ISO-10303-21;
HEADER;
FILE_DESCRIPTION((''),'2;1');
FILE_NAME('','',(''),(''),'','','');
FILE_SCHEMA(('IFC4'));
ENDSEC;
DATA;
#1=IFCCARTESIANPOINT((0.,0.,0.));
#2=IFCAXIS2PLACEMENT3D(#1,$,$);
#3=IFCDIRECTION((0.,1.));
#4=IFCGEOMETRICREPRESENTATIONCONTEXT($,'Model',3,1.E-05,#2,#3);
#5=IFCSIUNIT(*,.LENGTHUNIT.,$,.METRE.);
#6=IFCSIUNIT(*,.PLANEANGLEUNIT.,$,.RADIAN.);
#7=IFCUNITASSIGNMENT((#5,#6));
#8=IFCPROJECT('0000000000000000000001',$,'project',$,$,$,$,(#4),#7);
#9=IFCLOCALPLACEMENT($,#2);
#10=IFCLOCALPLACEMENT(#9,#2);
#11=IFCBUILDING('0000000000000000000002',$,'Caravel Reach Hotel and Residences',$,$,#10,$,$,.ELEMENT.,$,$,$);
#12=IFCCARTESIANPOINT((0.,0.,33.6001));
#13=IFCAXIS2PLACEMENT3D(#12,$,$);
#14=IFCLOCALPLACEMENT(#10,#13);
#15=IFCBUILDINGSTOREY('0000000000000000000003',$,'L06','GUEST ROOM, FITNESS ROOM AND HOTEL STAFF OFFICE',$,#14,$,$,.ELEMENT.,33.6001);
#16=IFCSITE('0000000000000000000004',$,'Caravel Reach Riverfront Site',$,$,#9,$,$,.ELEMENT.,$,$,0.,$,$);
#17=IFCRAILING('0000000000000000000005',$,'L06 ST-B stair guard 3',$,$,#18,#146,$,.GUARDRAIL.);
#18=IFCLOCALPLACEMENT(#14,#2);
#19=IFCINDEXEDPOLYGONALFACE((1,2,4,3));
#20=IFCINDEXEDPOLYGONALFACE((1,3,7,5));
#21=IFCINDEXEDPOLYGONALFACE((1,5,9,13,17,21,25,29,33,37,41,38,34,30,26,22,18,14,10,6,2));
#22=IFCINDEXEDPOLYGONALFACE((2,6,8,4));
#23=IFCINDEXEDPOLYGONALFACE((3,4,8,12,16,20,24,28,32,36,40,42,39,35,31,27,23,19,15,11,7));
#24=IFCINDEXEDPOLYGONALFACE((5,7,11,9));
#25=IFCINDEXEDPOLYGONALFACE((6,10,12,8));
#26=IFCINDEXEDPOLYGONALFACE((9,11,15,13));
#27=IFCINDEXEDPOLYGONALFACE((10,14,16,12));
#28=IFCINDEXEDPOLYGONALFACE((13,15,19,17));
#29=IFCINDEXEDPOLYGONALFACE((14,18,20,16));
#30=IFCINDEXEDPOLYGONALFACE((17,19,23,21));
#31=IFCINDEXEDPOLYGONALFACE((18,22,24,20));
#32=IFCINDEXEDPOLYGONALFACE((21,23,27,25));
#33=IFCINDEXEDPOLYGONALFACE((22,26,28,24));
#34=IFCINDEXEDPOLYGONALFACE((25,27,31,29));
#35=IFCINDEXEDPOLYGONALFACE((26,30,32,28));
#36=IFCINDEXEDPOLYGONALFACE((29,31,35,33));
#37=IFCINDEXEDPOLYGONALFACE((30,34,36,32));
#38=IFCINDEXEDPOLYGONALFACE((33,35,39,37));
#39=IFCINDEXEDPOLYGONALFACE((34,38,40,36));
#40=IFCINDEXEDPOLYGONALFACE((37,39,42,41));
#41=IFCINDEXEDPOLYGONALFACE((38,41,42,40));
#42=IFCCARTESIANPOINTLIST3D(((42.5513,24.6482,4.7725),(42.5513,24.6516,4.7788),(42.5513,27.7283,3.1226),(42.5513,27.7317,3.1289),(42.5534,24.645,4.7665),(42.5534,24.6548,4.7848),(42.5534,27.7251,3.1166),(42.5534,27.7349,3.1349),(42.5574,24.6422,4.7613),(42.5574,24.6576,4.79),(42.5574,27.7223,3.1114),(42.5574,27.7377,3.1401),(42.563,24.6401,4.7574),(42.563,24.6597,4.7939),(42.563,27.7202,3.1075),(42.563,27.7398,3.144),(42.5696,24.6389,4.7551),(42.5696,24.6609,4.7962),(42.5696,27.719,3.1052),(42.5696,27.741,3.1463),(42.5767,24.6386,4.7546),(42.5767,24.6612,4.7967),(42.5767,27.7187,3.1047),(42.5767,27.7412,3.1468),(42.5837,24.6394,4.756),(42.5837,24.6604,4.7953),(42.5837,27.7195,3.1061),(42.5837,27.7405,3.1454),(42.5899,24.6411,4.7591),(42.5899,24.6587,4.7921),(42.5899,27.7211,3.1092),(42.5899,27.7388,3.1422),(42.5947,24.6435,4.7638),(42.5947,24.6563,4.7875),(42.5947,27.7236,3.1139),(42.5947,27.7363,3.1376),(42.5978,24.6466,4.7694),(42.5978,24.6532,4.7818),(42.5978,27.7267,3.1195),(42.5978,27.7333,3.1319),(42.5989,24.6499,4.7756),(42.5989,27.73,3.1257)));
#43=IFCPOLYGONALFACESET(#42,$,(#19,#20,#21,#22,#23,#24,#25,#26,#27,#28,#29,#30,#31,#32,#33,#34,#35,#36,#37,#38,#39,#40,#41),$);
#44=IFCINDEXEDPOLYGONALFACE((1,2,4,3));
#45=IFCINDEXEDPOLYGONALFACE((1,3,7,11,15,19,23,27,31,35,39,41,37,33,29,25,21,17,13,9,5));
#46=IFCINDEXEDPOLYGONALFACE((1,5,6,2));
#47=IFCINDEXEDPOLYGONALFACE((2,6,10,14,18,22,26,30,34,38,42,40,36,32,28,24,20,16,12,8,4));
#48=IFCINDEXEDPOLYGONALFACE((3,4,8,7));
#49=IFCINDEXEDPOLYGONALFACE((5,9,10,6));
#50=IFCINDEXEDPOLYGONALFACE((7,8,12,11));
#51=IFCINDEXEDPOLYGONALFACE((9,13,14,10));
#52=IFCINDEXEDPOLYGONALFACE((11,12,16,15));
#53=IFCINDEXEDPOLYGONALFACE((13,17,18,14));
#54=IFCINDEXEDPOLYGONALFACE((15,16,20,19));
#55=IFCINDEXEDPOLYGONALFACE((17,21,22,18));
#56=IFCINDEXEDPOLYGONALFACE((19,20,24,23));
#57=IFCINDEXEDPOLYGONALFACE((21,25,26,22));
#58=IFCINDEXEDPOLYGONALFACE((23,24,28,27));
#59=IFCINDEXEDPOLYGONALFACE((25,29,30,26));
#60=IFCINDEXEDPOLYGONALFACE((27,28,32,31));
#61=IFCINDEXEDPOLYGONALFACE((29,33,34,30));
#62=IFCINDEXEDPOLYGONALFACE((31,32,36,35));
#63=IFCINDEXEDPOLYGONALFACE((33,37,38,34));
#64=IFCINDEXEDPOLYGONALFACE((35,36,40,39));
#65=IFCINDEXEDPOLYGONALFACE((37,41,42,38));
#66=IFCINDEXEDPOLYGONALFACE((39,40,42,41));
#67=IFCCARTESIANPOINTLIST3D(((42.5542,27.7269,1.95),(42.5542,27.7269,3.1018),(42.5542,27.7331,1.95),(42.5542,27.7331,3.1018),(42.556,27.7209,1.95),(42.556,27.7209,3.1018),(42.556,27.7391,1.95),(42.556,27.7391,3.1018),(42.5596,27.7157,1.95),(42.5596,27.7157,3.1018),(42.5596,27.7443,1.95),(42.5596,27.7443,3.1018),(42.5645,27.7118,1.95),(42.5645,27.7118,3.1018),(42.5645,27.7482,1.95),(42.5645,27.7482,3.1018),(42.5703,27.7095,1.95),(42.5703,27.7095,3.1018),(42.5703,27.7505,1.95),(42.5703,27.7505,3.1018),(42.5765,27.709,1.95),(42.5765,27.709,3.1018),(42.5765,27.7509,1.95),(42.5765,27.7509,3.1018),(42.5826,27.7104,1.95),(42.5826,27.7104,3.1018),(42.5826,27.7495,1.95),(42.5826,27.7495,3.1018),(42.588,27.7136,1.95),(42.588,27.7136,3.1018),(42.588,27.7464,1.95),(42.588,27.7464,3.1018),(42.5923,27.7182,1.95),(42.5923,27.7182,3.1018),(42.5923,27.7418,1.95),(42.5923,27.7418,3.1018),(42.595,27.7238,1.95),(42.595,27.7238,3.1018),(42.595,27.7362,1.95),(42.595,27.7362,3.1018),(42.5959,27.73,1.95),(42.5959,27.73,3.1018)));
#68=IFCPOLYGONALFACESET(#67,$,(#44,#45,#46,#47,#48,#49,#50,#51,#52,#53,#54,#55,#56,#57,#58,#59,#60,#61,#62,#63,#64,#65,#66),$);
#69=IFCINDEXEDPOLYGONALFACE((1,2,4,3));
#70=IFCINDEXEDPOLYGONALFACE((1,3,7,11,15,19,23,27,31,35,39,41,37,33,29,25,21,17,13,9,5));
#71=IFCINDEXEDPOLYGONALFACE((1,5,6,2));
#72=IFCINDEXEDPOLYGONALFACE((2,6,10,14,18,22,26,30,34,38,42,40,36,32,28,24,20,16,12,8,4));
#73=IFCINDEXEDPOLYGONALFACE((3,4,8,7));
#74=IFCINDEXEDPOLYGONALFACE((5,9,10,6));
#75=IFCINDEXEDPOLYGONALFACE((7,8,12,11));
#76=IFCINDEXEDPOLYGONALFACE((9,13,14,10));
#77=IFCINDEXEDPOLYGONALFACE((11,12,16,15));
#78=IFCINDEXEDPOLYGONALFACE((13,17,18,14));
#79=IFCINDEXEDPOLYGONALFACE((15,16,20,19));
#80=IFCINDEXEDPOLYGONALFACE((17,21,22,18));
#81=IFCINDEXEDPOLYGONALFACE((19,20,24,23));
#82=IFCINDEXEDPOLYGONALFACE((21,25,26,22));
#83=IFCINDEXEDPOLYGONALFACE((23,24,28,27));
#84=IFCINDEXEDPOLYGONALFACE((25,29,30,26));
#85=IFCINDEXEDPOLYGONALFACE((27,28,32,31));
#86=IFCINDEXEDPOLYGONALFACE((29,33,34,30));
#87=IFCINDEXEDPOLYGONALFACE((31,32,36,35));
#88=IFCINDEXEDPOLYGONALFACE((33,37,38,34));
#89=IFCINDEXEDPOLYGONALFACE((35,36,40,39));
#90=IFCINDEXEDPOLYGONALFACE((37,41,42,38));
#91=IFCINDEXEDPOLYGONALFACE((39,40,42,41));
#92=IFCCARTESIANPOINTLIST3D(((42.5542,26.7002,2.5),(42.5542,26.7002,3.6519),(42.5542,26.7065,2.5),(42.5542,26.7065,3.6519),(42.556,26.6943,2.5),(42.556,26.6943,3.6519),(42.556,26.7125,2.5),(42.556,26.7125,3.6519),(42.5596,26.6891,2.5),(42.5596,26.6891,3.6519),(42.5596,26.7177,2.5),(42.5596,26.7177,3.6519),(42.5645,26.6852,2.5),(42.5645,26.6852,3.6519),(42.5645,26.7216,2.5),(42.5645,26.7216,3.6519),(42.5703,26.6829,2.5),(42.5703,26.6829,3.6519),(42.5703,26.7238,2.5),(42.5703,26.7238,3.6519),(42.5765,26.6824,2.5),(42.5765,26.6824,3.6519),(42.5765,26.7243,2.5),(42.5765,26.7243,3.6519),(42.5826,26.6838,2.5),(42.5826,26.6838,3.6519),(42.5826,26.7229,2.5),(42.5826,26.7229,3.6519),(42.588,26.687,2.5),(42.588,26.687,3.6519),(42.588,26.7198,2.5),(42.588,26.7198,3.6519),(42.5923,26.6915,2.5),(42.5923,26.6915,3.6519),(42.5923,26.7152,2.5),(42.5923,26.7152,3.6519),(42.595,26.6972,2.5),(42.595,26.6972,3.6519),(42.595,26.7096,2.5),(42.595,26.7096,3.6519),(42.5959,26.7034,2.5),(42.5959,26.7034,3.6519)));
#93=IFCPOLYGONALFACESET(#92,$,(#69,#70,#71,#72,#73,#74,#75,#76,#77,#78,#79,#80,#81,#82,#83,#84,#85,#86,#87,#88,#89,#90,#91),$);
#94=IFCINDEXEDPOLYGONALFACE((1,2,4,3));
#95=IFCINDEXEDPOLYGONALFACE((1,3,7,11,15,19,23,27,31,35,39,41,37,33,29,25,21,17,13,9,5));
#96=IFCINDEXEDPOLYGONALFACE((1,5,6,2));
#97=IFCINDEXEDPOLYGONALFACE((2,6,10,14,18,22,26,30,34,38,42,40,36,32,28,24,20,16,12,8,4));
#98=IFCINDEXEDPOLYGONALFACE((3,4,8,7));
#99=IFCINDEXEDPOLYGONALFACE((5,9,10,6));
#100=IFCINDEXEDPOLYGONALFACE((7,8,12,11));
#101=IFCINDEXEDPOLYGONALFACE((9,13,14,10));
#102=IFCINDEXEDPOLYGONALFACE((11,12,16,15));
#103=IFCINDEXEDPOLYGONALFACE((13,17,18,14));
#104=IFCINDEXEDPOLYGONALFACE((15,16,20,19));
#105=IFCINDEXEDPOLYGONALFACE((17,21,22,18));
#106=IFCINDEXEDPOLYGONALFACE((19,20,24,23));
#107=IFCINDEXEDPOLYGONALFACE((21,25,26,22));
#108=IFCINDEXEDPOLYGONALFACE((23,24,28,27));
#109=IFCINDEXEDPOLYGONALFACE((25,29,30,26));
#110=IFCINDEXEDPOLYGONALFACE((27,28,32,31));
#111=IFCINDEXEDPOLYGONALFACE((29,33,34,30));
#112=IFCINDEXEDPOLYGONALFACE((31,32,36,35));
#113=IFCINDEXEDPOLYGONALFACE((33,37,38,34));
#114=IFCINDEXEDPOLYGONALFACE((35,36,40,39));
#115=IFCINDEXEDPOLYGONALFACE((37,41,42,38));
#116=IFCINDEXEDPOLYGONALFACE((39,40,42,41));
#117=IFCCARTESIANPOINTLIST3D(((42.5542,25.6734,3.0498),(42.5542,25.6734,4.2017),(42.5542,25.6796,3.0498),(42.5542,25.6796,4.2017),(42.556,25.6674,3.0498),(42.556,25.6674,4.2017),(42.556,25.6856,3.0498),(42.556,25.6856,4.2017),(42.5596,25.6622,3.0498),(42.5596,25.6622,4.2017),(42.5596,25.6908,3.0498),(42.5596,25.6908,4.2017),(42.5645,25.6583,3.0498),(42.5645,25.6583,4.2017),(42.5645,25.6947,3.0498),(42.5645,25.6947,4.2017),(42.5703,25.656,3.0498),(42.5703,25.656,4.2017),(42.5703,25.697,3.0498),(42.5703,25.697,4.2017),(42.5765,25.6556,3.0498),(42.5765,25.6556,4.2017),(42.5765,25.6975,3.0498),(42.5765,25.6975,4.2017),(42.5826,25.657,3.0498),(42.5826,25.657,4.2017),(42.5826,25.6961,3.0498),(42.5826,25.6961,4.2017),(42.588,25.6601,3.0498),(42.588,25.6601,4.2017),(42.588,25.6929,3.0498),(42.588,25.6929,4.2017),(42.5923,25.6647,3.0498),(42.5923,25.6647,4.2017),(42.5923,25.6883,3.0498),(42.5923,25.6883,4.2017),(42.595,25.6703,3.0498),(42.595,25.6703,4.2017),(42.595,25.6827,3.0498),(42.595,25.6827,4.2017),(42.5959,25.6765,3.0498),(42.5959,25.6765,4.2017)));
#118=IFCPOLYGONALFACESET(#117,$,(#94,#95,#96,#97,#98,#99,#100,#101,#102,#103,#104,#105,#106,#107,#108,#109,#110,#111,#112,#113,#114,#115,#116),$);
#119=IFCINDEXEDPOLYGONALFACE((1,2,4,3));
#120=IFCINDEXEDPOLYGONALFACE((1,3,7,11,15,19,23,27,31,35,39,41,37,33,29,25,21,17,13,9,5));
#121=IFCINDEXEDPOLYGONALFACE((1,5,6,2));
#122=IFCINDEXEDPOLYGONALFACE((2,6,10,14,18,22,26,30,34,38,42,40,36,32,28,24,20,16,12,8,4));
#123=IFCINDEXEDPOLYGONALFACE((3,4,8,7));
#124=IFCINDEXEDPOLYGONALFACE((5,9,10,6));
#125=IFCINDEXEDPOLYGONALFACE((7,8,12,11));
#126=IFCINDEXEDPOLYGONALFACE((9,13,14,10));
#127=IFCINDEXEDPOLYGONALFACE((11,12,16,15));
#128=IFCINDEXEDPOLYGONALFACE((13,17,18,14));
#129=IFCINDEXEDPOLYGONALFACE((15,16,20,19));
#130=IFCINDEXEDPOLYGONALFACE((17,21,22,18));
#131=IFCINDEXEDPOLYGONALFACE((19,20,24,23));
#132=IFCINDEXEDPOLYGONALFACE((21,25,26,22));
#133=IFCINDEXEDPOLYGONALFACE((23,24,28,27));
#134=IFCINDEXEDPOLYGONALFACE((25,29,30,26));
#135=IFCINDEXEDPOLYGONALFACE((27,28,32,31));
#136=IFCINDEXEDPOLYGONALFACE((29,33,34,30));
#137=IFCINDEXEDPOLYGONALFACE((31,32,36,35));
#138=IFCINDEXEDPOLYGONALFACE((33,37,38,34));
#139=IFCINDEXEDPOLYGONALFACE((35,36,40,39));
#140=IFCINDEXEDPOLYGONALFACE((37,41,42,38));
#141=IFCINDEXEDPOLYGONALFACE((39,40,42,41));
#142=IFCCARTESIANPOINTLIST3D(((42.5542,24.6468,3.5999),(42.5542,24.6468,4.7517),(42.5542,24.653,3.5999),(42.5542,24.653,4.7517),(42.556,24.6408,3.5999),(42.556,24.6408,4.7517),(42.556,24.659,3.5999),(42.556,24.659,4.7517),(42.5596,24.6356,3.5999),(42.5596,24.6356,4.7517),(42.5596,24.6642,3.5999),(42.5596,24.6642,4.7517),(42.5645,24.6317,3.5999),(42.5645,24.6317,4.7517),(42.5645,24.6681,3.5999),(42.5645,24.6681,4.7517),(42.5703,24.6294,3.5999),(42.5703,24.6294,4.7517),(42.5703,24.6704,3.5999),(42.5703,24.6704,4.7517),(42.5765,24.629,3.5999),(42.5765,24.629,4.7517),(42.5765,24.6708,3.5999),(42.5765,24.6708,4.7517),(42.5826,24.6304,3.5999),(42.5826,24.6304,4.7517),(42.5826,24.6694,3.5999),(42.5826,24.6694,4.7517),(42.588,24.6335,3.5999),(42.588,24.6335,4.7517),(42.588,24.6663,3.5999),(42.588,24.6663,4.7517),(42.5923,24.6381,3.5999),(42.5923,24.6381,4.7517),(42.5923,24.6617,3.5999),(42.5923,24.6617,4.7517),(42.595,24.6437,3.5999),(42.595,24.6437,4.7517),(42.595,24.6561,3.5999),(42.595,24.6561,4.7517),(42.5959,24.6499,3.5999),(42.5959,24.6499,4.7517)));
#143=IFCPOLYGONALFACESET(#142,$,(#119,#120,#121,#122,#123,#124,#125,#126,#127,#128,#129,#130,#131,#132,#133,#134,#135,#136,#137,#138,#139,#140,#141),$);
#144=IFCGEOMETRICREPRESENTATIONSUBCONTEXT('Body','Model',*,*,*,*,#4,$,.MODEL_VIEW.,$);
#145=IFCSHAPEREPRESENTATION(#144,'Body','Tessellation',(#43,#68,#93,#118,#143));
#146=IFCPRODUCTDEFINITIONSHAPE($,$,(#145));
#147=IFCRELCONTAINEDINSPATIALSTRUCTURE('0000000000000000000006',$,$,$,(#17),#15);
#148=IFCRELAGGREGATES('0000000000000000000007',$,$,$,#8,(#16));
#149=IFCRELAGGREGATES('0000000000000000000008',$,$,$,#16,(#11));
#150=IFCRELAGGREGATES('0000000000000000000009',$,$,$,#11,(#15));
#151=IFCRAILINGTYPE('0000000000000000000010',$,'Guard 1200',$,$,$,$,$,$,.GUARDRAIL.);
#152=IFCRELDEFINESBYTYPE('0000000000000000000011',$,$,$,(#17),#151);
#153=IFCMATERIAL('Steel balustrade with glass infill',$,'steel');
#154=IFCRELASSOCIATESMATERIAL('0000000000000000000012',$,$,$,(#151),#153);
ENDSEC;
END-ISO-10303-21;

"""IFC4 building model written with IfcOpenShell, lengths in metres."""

from ifc_helpers import new_model, si_unit, direction, frame, origin, origin_2d, place, context, subcontext, project, spatial, circle, extrude, material, type_object, element, save


model = new_model("IFC4")

# Units and contexts
model_context = context("Model", 3, precision=1e-05, world=origin(), true_north=direction((0.0, 1.0)))
body_context = subcontext(model_context, "Body", "Model", "MODEL_VIEW")
ifc_project = project(units=[si_unit("LENGTHUNIT", "METRE"), si_unit("PLANEANGLEUNIT", "RADIAN")], contexts=[model_context])

# Site, building, storey
site_placement = place(None, origin())
site = spatial("IfcSite", under=ifc_project, at=site_placement, Name="Caravel Reach Riverfront Site", CompositionType="ELEMENT", RefElevation=0.0)
building_placement = place(site_placement, origin())
building = spatial("IfcBuilding", under=site, at=building_placement, Name="Caravel Reach Hotel and Residences", CompositionType="ELEMENT")
storey_placement = place(building_placement, frame((0.0, 0.0, 33.6001)))
storey = spatial("IfcBuildingStorey", under=building, at=storey_placement, Name="L06", Description="GUEST ROOM, FITNESS ROOM AND HOTEL STAFF OFFICE", CompositionType="ELEMENT", Elevation=33.6001)

# Railing
ifc_material_1 = material(Name="Steel balustrade with glass infill", Category="steel")
railing_type_1 = type_object("IfcRailingType", Name="Guard 1200", PredefinedType="GUARDRAIL", material=ifc_material_1)
railing_1_placement = place(storey_placement, frame((42.575, 27.73, 1.95)))
element("IfcRailing", 1, at=railing_1_placement, inside=storey, type_object=railing_type_1, Name="L06 ST-B stair guard 3", PredefinedType="GUARDRAIL", context=body_context, shape_type="SweptSolid", body=[
    extrude(circle(Radius=0.0239, at=origin_2d()), frame((0.0, 0.0, 1.1758), z_axis=(0.0, -0.881497, 0.47219), x_axis=(1.0, 0.0, 0.0)), (0.0, 0.0, 1.0), 3.4941),
    extrude(circle(Radius=0.021, at=origin_2d()), origin(), (0.0, 0.0, 1.0), 1.1519),
    extrude(circle(Radius=0.021, at=origin_2d()), frame((0.0, -1.0266, 0.55)), (0.0, 0.0, 1.0), 1.1519),
    extrude(circle(Radius=0.021, at=origin_2d()), frame((0.0, -2.0535, 1.0999)), (0.0, 0.0, 1.0), 1.1519),
    extrude(circle(Radius=0.021, at=origin_2d()), frame((0.0, -3.0801, 1.6499)), (0.0, 0.0, 1.0), 1.1519),
])

save(model, "model.ifc")
